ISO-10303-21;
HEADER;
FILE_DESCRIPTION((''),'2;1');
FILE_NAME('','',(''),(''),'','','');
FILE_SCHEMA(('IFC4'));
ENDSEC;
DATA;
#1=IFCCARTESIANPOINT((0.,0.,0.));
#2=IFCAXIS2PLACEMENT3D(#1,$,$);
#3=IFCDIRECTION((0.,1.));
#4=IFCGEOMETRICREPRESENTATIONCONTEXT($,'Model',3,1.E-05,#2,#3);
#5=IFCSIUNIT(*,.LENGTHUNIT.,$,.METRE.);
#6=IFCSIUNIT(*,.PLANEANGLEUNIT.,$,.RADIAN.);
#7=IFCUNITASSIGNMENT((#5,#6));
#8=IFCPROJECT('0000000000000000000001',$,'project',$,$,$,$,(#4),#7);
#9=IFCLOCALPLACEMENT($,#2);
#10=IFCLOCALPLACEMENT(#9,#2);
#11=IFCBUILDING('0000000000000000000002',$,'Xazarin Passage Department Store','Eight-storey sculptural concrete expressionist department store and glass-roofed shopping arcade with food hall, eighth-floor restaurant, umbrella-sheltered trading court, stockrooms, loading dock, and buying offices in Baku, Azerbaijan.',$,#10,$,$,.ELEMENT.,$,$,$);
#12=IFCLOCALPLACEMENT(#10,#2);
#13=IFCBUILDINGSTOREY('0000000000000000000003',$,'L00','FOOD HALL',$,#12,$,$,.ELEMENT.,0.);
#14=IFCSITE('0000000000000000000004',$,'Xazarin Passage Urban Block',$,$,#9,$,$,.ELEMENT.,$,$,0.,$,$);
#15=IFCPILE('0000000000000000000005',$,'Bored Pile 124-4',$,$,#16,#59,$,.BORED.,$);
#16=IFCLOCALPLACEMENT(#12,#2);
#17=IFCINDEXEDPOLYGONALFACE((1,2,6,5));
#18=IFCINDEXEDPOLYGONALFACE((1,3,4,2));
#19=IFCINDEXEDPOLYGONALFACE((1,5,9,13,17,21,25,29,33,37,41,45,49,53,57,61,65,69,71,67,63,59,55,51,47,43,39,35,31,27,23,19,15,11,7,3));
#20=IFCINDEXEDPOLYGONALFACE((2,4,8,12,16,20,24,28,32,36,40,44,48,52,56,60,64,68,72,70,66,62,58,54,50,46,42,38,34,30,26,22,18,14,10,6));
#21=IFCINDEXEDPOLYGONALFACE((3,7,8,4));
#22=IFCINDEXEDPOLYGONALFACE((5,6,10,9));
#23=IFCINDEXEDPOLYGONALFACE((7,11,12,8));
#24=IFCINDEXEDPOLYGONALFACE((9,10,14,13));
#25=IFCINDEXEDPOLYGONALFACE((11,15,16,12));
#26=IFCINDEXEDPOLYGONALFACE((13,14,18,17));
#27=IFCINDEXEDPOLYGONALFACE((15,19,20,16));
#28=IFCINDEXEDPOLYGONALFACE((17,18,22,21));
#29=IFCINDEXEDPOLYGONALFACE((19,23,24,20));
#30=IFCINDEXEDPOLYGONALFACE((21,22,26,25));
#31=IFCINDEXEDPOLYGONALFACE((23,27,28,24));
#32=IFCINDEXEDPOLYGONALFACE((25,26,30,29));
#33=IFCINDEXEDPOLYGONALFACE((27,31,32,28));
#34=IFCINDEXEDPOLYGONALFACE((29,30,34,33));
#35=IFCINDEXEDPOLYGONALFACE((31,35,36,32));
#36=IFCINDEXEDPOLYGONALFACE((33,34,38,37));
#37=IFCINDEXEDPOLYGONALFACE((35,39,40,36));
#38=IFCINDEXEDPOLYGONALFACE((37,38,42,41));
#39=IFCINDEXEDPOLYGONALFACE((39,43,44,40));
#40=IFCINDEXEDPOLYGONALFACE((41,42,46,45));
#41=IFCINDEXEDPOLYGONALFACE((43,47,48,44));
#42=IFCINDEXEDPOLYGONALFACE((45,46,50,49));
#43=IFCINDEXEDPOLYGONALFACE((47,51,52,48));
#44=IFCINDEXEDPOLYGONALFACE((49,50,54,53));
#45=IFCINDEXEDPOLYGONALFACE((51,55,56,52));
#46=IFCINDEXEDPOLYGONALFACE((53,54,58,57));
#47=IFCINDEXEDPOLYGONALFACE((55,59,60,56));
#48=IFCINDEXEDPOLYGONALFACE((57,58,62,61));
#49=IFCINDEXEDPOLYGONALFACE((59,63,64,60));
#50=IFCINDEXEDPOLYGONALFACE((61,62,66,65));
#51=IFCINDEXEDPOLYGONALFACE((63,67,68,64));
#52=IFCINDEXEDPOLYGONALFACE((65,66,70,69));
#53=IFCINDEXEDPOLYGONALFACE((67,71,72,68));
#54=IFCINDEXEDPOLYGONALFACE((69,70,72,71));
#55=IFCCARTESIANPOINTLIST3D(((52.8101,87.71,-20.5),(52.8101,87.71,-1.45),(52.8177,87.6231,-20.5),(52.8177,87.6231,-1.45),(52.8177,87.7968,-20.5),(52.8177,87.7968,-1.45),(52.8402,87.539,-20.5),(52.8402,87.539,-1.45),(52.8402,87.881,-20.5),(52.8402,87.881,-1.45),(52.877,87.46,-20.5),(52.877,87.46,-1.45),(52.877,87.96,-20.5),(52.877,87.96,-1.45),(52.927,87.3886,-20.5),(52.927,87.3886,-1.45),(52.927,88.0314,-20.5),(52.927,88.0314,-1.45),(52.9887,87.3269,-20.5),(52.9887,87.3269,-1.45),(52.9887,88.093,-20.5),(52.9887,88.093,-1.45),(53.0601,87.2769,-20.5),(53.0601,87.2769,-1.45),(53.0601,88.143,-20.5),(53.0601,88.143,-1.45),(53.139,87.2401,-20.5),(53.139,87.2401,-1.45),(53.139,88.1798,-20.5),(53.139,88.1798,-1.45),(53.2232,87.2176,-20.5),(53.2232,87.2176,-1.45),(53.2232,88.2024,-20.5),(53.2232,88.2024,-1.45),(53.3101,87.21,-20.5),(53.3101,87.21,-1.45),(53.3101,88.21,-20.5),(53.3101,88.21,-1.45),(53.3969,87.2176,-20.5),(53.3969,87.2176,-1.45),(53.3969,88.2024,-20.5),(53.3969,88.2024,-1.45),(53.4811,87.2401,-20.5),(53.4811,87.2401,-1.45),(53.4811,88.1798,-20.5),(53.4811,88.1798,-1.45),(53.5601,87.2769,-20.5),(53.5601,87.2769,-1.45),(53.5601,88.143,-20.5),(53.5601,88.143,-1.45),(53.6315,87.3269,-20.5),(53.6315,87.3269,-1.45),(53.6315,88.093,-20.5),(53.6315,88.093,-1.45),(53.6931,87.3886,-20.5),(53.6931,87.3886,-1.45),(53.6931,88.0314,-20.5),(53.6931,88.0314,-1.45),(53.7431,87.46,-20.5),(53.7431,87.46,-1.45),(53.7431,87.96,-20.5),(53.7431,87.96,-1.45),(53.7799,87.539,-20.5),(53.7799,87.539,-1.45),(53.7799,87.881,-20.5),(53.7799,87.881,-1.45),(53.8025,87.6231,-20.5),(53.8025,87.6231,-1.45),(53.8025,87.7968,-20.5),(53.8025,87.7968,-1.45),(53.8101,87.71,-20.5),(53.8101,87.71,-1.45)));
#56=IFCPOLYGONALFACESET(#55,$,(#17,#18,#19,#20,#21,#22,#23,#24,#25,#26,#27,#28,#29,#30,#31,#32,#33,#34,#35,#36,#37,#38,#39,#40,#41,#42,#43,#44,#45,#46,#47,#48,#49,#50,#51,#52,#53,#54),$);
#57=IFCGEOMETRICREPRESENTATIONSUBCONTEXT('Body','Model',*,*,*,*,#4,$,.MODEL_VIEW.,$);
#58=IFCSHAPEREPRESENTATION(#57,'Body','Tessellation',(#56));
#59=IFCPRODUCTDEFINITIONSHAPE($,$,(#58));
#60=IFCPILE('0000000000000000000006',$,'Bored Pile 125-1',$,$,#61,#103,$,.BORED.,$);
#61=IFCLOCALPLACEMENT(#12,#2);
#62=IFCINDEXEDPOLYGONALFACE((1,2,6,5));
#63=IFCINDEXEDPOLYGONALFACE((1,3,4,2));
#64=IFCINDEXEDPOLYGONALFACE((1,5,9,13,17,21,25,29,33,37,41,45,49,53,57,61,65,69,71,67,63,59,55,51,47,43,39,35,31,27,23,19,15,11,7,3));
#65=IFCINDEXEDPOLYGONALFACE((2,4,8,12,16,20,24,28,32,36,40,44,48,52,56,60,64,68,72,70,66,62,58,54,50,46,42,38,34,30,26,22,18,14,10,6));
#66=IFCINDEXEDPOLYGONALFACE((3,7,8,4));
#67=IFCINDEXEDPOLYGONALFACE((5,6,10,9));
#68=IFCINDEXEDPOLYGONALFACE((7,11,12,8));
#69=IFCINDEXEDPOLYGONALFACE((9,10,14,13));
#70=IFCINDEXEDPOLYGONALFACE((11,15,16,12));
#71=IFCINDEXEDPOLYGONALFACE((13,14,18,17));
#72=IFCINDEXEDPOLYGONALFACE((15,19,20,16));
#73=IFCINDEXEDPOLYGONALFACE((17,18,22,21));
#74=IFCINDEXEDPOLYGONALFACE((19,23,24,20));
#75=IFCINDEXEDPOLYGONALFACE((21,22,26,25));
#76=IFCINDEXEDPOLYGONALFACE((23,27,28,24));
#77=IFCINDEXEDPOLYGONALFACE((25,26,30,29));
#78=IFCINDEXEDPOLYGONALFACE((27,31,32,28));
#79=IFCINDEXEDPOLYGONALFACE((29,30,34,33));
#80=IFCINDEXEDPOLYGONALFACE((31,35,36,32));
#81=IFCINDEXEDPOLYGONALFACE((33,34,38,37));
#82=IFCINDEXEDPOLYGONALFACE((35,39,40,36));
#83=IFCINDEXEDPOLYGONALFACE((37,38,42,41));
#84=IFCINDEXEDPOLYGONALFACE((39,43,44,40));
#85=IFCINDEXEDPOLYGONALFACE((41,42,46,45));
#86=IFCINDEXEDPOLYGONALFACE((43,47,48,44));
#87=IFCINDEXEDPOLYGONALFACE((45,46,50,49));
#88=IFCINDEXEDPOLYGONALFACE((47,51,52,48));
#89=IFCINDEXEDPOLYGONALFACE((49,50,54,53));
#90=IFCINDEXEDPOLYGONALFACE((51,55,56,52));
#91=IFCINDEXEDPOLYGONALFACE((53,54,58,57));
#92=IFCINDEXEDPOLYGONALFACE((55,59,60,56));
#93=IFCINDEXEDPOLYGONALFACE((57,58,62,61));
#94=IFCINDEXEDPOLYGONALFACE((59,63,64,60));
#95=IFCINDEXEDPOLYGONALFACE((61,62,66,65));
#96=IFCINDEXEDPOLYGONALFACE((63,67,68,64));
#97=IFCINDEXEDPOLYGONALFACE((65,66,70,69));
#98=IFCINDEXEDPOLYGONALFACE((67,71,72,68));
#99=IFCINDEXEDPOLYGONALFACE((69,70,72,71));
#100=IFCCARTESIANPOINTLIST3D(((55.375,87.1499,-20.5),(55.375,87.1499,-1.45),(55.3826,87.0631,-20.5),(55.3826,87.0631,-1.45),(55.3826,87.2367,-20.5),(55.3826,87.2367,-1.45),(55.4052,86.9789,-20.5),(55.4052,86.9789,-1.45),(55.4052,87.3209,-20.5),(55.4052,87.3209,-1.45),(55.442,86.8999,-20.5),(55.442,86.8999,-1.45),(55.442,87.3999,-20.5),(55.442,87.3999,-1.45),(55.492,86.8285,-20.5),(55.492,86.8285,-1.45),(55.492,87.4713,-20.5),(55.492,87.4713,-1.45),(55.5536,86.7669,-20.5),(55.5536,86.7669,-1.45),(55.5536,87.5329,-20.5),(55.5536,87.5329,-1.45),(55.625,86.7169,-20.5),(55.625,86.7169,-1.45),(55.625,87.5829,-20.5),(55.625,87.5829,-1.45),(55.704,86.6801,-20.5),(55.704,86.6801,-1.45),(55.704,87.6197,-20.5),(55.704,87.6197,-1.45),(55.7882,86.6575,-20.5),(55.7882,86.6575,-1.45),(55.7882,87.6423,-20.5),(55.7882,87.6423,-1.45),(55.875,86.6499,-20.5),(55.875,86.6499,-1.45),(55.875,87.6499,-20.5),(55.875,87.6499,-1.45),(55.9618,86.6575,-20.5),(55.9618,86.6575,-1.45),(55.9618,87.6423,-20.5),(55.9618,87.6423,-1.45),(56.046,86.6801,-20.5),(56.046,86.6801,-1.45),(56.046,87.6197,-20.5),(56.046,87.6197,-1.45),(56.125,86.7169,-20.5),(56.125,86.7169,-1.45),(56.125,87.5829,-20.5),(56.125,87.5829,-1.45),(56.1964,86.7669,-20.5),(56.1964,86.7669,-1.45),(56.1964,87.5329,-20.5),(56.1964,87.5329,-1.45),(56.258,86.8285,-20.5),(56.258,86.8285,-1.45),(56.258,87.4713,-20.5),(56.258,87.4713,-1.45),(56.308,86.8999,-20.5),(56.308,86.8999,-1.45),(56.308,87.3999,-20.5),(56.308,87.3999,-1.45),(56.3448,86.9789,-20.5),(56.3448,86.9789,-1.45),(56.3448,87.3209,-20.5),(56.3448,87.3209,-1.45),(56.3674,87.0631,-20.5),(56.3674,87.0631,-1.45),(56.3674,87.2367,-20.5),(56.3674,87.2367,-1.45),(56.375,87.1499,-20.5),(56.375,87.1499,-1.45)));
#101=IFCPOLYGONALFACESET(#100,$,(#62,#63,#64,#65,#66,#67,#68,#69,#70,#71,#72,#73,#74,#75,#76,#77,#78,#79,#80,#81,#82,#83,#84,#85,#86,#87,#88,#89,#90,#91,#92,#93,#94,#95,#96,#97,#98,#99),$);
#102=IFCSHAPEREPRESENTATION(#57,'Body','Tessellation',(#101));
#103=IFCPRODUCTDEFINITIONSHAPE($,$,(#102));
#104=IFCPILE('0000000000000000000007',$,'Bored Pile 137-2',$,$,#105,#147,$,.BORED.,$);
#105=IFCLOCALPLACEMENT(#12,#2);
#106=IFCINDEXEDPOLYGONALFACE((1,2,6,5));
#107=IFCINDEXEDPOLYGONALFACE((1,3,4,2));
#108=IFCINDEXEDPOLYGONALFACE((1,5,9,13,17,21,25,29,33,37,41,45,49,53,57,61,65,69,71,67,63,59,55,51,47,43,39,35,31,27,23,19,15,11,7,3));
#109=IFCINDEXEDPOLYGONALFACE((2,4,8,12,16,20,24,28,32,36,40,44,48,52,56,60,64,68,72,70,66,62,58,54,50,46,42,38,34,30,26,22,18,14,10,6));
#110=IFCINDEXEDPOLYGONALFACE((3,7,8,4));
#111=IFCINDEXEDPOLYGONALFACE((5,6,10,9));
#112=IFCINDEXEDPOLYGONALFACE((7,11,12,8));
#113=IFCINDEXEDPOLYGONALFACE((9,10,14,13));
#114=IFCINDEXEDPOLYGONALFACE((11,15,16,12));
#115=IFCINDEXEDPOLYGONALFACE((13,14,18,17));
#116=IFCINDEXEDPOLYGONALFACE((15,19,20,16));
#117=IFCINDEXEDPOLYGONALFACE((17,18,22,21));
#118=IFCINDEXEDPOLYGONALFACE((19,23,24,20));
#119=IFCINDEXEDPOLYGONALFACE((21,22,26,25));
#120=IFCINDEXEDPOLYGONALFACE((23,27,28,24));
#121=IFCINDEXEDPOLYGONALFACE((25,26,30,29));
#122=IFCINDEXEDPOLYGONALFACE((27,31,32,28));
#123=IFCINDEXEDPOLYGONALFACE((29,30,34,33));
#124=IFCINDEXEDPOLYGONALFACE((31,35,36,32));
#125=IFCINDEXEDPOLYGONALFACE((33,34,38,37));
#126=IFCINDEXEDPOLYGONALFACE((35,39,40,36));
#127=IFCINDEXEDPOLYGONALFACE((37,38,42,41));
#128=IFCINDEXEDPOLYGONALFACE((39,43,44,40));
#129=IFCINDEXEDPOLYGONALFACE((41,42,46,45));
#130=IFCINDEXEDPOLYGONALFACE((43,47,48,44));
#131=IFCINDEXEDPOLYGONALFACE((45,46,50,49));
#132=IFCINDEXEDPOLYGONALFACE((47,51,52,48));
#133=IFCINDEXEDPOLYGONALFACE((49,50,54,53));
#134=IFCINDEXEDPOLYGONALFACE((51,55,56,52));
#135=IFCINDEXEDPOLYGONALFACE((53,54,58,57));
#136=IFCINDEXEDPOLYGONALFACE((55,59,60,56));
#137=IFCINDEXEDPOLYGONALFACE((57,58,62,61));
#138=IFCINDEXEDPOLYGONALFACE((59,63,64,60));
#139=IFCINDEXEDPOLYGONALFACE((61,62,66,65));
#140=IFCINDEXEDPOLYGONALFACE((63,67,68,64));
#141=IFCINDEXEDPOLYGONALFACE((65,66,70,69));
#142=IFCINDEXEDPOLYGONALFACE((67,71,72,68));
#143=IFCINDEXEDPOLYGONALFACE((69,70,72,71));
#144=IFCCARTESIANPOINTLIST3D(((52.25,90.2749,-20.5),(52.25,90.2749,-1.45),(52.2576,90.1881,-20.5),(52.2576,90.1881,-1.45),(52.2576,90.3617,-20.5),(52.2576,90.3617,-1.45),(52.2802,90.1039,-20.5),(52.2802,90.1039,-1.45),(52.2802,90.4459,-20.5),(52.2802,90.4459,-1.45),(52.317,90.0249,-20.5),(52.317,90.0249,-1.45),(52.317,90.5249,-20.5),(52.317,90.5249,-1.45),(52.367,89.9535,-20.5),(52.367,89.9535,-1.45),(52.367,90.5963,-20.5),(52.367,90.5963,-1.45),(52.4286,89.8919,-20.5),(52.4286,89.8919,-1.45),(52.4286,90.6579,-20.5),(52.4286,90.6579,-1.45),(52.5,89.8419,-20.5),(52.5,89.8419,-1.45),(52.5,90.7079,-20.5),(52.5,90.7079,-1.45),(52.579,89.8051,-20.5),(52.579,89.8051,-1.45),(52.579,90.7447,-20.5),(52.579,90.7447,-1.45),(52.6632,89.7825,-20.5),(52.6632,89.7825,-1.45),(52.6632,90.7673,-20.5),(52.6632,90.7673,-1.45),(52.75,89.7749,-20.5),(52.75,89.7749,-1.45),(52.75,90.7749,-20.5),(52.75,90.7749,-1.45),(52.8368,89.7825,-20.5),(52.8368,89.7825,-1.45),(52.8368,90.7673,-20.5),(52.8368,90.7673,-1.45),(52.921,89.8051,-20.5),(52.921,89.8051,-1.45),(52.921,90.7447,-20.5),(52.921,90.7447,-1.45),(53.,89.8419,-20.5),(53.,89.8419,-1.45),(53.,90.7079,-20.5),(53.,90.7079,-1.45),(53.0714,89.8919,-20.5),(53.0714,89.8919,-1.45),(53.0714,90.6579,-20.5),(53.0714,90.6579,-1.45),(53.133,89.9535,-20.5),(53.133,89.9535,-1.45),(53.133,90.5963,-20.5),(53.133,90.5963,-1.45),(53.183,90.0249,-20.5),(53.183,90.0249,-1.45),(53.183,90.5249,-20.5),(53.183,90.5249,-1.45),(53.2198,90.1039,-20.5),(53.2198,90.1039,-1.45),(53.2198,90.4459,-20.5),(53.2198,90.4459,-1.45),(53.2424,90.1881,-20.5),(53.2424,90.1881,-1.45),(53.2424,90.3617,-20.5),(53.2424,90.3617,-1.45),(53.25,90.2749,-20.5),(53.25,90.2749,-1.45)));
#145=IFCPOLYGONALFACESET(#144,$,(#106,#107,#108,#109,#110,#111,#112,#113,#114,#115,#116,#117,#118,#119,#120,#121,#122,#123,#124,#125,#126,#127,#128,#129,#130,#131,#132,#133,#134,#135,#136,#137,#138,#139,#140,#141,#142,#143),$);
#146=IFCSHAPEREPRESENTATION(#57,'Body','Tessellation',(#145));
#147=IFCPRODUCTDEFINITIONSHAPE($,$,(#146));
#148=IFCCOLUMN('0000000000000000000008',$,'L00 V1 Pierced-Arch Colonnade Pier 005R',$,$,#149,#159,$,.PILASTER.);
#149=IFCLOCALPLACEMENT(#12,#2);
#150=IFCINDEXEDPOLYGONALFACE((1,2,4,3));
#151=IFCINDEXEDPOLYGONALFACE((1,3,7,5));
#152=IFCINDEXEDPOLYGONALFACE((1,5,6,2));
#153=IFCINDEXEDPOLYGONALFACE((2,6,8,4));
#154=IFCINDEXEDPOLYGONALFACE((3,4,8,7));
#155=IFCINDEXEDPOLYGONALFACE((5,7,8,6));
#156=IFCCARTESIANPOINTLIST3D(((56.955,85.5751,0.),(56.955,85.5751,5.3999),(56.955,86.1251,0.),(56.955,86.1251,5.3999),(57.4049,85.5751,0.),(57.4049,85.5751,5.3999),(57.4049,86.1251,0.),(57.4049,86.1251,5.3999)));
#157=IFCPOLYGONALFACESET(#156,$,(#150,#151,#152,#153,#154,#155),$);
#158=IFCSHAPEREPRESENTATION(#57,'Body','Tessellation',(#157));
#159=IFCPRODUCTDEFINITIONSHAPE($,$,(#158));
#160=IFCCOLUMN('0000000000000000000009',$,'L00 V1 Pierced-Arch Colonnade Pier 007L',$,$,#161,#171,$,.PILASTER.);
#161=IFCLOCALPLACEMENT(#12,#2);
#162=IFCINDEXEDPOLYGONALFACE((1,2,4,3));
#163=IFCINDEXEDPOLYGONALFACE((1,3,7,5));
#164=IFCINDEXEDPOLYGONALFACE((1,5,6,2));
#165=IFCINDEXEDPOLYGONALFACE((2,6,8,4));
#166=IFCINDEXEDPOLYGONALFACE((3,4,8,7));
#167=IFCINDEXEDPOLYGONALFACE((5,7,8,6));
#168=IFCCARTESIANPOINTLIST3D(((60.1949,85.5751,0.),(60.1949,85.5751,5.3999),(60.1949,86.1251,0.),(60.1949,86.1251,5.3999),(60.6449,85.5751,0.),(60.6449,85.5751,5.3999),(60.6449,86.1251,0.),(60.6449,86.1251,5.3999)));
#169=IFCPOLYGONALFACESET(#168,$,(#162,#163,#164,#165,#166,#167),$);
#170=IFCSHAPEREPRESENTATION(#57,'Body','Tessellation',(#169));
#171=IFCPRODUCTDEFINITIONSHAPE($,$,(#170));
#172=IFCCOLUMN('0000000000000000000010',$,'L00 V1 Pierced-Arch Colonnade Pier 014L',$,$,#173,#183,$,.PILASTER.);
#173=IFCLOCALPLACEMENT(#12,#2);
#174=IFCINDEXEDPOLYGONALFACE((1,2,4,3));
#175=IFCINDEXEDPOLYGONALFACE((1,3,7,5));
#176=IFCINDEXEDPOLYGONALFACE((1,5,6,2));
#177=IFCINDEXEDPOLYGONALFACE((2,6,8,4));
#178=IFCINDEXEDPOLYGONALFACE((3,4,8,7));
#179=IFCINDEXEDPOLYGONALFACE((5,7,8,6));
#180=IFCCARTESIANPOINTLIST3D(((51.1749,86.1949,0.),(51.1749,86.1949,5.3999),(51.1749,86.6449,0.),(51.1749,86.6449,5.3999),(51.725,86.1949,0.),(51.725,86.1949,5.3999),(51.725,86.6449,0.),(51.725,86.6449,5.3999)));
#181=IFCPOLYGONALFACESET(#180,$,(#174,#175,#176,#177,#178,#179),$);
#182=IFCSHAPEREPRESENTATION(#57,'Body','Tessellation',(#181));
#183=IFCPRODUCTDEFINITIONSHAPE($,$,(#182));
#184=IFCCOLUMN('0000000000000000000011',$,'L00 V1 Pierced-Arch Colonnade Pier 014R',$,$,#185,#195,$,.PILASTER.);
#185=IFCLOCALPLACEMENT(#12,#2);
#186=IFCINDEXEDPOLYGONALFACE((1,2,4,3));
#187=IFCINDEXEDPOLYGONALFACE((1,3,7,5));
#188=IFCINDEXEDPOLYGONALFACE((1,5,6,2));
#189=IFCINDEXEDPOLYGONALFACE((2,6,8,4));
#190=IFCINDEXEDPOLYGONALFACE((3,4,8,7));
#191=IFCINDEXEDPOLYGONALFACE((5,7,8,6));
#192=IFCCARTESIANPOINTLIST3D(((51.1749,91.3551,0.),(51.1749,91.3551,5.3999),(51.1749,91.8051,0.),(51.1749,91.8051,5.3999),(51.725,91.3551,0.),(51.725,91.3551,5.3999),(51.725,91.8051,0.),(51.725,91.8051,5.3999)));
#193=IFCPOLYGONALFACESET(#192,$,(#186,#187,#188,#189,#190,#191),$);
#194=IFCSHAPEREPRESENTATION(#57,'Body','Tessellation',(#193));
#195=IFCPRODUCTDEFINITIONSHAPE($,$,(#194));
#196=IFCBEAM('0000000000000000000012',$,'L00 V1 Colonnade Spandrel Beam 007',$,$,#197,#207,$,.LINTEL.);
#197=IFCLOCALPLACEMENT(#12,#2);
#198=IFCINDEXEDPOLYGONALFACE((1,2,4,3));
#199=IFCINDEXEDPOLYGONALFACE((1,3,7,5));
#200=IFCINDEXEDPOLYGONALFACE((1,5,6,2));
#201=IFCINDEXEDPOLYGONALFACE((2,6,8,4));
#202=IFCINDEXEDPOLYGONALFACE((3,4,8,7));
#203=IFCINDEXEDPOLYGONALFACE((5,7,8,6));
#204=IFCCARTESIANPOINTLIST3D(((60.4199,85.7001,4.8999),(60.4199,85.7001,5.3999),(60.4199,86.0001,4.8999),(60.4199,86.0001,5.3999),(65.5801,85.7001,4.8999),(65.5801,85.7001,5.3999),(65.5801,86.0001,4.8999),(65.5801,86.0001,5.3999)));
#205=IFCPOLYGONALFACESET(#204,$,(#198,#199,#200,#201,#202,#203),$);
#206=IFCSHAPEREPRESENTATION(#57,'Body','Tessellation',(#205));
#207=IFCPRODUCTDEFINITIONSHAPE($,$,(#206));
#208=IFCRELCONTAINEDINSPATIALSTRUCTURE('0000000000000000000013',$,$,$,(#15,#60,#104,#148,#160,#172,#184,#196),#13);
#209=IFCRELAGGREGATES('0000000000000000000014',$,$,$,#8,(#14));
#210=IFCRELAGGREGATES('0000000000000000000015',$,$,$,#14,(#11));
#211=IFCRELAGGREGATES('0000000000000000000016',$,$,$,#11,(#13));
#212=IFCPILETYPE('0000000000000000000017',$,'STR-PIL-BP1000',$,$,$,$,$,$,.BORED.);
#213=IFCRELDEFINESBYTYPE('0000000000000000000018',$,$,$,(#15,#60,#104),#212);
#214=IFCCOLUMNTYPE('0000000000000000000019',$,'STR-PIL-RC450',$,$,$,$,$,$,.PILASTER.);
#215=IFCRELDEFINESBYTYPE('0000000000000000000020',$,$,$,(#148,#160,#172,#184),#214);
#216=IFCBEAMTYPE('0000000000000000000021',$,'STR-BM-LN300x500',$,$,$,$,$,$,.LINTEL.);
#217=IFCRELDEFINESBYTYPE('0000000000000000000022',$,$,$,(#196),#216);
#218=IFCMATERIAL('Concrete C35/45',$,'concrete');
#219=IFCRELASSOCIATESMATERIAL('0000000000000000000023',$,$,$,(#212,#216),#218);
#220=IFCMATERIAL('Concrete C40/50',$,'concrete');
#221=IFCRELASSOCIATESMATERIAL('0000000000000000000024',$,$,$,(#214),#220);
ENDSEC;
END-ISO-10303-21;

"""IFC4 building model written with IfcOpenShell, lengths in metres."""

from ifc_helpers import new_model, si_unit, direction, frame, origin, origin_2d, place, context, subcontext, project, spatial, rectangle, circle, extrude, material, material_profile, profile_set, type_object, element, save


model = new_model("IFC4")

# Units and contexts
model_context = context("Model", 3, precision=1e-05, world=origin(), true_north=direction((0.0, 1.0)))
body_context = subcontext(model_context, "Body", "Model", "MODEL_VIEW")
ifc_project = project(units=[si_unit("LENGTHUNIT", "METRE"), si_unit("PLANEANGLEUNIT", "RADIAN")], contexts=[model_context])

# Site, building, storey
site_placement = place(None, origin())
site = spatial("IfcSite", under=ifc_project, at=site_placement, Name="Xazarin Passage Urban Block", CompositionType="ELEMENT", RefElevation=0.0)
building_placement = place(site_placement, origin())
building = spatial("IfcBuilding", under=site, at=building_placement, Name="Xazarin Passage Department Store", Description="Eight-storey sculptural concrete expressionist department store and glass-roofed shopping arcade with food hall, eighth-floor restaurant, umbrella-sheltered trading court, stockrooms, loading dock, and buying offices in Baku, Azerbaijan.", CompositionType="ELEMENT")
storey_placement = place(building_placement, origin())
storey = spatial("IfcBuildingStorey", under=building, at=storey_placement, Name="L00", Description="FOOD HALL", CompositionType="ELEMENT", Elevation=0.0)

# Piles
ifc_material_1 = material(Name="Concrete C35/45", Category="concrete")
ifc_material_profile_1 = material_profile(ifc_material_1, circle(Radius=0.5, at=origin_2d()), Name="BP 1000")
ifc_profile_set_1 = profile_set([ifc_material_profile_1], Name="Concrete C35/45")
pile_type = type_object("IfcPileType", Name="STR-PIL-BP1000", PredefinedType="BORED", material=ifc_profile_set_1)
for number, where, z_axis, x_axis, name in (
    (1, (53.3101, 87.71, -1.45), (0.0, 0.0, -1.0), (1.0, 0.0, 0.0), "Bored Pile 124-4"),
    (2, (55.875, 87.1499, -1.45), (0.0, 0.0, -1.0), (1.0, 0.0, 0.0), "Bored Pile 125-1"),
    (3, (52.75, 90.2749, -1.45), (0.0, 0.0, -1.0), (1.0, 0.0, 0.0), "Bored Pile 137-2"),
):
    element("IfcPile", number, at=place(storey_placement, frame(where, z_axis=z_axis, x_axis=x_axis)), inside=storey, type_object=pile_type, Name=name, PredefinedType="BORED", context=body_context, shape_type="SweptSolid", body=[
        extrude(circle(Radius=0.5, at=origin_2d()), origin(), (0.0, 0.0, 1.0), 19.05),
    ])

# Columns
ifc_material_2 = material(Name="Concrete C40/50", Category="concrete")
ifc_material_profile_2 = material_profile(ifc_material_2, rectangle(XDim=0.45, YDim=0.55, at=origin_2d()), Name="RC 450x550")
ifc_profile_set_2 = profile_set([ifc_material_profile_2], Name="Concrete C40/50")
column_type = type_object("IfcColumnType", Name="STR-PIL-RC450", PredefinedType="PILASTER", material=ifc_profile_set_2)
for number, where, z_axis, x_axis, name in (
    (4, (57.1799, 85.8501, 0.0), (0.0, 0.0, 1.0), (1.0, 0.0, 0.0), "L00 V1 Pierced-Arch Colonnade Pier 005R"),
    (5, (60.4199, 85.8501, 0.0), (0.0, 0.0, 1.0), (1.0, 0.0, 0.0), "L00 V1 Pierced-Arch Colonnade Pier 007L"),
    (6, (51.45, 86.4199, 0.0), (0.0, 0.0, 1.0), (0.0, 1.0, 0.0), "L00 V1 Pierced-Arch Colonnade Pier 014L"),
    (7, (51.45, 91.5801, 0.0), (0.0, 0.0, 1.0), (0.0, 1.0, 0.0), "L00 V1 Pierced-Arch Colonnade Pier 014R"),
):
    element("IfcColumn", number, at=place(storey_placement, frame(where, z_axis=z_axis, x_axis=x_axis)), inside=storey, type_object=column_type, Name=name, PredefinedType="PILASTER", context=body_context, shape_type="SweptSolid", body=[
        extrude(rectangle(XDim=0.45, YDim=0.55, at=origin_2d()), origin(), (0.0, 0.0, 1.0), 5.3999),
    ])

# Beam
ifc_material_profile_3 = material_profile(ifc_material_1, rectangle(XDim=0.3, YDim=0.5, at=origin_2d()), Name="RC 300x500")
ifc_profile_set_3 = profile_set([ifc_material_profile_3], Name="Concrete C35/45")
beam_type = type_object("IfcBeamType", Name="STR-BM-LN300x500", PredefinedType="LINTEL", material=ifc_profile_set_3)
beam_1_placement = place(storey_placement, frame((60.4199, 85.8501, 5.1499), z_axis=(1.0, 0.0, 0.0), x_axis=(0.0, 1.0, 0.0)))
element("IfcBeam", 8, at=beam_1_placement, inside=storey, type_object=beam_type, Name="L00 V1 Colonnade Spandrel Beam 007", PredefinedType="LINTEL", context=body_context, shape_type="SweptSolid", body=[
    extrude(rectangle(XDim=0.3, YDim=0.5, at=origin_2d()), origin(), (0.0, 0.0, 1.0), 5.1602),
])

save(model, "model.ifc")
